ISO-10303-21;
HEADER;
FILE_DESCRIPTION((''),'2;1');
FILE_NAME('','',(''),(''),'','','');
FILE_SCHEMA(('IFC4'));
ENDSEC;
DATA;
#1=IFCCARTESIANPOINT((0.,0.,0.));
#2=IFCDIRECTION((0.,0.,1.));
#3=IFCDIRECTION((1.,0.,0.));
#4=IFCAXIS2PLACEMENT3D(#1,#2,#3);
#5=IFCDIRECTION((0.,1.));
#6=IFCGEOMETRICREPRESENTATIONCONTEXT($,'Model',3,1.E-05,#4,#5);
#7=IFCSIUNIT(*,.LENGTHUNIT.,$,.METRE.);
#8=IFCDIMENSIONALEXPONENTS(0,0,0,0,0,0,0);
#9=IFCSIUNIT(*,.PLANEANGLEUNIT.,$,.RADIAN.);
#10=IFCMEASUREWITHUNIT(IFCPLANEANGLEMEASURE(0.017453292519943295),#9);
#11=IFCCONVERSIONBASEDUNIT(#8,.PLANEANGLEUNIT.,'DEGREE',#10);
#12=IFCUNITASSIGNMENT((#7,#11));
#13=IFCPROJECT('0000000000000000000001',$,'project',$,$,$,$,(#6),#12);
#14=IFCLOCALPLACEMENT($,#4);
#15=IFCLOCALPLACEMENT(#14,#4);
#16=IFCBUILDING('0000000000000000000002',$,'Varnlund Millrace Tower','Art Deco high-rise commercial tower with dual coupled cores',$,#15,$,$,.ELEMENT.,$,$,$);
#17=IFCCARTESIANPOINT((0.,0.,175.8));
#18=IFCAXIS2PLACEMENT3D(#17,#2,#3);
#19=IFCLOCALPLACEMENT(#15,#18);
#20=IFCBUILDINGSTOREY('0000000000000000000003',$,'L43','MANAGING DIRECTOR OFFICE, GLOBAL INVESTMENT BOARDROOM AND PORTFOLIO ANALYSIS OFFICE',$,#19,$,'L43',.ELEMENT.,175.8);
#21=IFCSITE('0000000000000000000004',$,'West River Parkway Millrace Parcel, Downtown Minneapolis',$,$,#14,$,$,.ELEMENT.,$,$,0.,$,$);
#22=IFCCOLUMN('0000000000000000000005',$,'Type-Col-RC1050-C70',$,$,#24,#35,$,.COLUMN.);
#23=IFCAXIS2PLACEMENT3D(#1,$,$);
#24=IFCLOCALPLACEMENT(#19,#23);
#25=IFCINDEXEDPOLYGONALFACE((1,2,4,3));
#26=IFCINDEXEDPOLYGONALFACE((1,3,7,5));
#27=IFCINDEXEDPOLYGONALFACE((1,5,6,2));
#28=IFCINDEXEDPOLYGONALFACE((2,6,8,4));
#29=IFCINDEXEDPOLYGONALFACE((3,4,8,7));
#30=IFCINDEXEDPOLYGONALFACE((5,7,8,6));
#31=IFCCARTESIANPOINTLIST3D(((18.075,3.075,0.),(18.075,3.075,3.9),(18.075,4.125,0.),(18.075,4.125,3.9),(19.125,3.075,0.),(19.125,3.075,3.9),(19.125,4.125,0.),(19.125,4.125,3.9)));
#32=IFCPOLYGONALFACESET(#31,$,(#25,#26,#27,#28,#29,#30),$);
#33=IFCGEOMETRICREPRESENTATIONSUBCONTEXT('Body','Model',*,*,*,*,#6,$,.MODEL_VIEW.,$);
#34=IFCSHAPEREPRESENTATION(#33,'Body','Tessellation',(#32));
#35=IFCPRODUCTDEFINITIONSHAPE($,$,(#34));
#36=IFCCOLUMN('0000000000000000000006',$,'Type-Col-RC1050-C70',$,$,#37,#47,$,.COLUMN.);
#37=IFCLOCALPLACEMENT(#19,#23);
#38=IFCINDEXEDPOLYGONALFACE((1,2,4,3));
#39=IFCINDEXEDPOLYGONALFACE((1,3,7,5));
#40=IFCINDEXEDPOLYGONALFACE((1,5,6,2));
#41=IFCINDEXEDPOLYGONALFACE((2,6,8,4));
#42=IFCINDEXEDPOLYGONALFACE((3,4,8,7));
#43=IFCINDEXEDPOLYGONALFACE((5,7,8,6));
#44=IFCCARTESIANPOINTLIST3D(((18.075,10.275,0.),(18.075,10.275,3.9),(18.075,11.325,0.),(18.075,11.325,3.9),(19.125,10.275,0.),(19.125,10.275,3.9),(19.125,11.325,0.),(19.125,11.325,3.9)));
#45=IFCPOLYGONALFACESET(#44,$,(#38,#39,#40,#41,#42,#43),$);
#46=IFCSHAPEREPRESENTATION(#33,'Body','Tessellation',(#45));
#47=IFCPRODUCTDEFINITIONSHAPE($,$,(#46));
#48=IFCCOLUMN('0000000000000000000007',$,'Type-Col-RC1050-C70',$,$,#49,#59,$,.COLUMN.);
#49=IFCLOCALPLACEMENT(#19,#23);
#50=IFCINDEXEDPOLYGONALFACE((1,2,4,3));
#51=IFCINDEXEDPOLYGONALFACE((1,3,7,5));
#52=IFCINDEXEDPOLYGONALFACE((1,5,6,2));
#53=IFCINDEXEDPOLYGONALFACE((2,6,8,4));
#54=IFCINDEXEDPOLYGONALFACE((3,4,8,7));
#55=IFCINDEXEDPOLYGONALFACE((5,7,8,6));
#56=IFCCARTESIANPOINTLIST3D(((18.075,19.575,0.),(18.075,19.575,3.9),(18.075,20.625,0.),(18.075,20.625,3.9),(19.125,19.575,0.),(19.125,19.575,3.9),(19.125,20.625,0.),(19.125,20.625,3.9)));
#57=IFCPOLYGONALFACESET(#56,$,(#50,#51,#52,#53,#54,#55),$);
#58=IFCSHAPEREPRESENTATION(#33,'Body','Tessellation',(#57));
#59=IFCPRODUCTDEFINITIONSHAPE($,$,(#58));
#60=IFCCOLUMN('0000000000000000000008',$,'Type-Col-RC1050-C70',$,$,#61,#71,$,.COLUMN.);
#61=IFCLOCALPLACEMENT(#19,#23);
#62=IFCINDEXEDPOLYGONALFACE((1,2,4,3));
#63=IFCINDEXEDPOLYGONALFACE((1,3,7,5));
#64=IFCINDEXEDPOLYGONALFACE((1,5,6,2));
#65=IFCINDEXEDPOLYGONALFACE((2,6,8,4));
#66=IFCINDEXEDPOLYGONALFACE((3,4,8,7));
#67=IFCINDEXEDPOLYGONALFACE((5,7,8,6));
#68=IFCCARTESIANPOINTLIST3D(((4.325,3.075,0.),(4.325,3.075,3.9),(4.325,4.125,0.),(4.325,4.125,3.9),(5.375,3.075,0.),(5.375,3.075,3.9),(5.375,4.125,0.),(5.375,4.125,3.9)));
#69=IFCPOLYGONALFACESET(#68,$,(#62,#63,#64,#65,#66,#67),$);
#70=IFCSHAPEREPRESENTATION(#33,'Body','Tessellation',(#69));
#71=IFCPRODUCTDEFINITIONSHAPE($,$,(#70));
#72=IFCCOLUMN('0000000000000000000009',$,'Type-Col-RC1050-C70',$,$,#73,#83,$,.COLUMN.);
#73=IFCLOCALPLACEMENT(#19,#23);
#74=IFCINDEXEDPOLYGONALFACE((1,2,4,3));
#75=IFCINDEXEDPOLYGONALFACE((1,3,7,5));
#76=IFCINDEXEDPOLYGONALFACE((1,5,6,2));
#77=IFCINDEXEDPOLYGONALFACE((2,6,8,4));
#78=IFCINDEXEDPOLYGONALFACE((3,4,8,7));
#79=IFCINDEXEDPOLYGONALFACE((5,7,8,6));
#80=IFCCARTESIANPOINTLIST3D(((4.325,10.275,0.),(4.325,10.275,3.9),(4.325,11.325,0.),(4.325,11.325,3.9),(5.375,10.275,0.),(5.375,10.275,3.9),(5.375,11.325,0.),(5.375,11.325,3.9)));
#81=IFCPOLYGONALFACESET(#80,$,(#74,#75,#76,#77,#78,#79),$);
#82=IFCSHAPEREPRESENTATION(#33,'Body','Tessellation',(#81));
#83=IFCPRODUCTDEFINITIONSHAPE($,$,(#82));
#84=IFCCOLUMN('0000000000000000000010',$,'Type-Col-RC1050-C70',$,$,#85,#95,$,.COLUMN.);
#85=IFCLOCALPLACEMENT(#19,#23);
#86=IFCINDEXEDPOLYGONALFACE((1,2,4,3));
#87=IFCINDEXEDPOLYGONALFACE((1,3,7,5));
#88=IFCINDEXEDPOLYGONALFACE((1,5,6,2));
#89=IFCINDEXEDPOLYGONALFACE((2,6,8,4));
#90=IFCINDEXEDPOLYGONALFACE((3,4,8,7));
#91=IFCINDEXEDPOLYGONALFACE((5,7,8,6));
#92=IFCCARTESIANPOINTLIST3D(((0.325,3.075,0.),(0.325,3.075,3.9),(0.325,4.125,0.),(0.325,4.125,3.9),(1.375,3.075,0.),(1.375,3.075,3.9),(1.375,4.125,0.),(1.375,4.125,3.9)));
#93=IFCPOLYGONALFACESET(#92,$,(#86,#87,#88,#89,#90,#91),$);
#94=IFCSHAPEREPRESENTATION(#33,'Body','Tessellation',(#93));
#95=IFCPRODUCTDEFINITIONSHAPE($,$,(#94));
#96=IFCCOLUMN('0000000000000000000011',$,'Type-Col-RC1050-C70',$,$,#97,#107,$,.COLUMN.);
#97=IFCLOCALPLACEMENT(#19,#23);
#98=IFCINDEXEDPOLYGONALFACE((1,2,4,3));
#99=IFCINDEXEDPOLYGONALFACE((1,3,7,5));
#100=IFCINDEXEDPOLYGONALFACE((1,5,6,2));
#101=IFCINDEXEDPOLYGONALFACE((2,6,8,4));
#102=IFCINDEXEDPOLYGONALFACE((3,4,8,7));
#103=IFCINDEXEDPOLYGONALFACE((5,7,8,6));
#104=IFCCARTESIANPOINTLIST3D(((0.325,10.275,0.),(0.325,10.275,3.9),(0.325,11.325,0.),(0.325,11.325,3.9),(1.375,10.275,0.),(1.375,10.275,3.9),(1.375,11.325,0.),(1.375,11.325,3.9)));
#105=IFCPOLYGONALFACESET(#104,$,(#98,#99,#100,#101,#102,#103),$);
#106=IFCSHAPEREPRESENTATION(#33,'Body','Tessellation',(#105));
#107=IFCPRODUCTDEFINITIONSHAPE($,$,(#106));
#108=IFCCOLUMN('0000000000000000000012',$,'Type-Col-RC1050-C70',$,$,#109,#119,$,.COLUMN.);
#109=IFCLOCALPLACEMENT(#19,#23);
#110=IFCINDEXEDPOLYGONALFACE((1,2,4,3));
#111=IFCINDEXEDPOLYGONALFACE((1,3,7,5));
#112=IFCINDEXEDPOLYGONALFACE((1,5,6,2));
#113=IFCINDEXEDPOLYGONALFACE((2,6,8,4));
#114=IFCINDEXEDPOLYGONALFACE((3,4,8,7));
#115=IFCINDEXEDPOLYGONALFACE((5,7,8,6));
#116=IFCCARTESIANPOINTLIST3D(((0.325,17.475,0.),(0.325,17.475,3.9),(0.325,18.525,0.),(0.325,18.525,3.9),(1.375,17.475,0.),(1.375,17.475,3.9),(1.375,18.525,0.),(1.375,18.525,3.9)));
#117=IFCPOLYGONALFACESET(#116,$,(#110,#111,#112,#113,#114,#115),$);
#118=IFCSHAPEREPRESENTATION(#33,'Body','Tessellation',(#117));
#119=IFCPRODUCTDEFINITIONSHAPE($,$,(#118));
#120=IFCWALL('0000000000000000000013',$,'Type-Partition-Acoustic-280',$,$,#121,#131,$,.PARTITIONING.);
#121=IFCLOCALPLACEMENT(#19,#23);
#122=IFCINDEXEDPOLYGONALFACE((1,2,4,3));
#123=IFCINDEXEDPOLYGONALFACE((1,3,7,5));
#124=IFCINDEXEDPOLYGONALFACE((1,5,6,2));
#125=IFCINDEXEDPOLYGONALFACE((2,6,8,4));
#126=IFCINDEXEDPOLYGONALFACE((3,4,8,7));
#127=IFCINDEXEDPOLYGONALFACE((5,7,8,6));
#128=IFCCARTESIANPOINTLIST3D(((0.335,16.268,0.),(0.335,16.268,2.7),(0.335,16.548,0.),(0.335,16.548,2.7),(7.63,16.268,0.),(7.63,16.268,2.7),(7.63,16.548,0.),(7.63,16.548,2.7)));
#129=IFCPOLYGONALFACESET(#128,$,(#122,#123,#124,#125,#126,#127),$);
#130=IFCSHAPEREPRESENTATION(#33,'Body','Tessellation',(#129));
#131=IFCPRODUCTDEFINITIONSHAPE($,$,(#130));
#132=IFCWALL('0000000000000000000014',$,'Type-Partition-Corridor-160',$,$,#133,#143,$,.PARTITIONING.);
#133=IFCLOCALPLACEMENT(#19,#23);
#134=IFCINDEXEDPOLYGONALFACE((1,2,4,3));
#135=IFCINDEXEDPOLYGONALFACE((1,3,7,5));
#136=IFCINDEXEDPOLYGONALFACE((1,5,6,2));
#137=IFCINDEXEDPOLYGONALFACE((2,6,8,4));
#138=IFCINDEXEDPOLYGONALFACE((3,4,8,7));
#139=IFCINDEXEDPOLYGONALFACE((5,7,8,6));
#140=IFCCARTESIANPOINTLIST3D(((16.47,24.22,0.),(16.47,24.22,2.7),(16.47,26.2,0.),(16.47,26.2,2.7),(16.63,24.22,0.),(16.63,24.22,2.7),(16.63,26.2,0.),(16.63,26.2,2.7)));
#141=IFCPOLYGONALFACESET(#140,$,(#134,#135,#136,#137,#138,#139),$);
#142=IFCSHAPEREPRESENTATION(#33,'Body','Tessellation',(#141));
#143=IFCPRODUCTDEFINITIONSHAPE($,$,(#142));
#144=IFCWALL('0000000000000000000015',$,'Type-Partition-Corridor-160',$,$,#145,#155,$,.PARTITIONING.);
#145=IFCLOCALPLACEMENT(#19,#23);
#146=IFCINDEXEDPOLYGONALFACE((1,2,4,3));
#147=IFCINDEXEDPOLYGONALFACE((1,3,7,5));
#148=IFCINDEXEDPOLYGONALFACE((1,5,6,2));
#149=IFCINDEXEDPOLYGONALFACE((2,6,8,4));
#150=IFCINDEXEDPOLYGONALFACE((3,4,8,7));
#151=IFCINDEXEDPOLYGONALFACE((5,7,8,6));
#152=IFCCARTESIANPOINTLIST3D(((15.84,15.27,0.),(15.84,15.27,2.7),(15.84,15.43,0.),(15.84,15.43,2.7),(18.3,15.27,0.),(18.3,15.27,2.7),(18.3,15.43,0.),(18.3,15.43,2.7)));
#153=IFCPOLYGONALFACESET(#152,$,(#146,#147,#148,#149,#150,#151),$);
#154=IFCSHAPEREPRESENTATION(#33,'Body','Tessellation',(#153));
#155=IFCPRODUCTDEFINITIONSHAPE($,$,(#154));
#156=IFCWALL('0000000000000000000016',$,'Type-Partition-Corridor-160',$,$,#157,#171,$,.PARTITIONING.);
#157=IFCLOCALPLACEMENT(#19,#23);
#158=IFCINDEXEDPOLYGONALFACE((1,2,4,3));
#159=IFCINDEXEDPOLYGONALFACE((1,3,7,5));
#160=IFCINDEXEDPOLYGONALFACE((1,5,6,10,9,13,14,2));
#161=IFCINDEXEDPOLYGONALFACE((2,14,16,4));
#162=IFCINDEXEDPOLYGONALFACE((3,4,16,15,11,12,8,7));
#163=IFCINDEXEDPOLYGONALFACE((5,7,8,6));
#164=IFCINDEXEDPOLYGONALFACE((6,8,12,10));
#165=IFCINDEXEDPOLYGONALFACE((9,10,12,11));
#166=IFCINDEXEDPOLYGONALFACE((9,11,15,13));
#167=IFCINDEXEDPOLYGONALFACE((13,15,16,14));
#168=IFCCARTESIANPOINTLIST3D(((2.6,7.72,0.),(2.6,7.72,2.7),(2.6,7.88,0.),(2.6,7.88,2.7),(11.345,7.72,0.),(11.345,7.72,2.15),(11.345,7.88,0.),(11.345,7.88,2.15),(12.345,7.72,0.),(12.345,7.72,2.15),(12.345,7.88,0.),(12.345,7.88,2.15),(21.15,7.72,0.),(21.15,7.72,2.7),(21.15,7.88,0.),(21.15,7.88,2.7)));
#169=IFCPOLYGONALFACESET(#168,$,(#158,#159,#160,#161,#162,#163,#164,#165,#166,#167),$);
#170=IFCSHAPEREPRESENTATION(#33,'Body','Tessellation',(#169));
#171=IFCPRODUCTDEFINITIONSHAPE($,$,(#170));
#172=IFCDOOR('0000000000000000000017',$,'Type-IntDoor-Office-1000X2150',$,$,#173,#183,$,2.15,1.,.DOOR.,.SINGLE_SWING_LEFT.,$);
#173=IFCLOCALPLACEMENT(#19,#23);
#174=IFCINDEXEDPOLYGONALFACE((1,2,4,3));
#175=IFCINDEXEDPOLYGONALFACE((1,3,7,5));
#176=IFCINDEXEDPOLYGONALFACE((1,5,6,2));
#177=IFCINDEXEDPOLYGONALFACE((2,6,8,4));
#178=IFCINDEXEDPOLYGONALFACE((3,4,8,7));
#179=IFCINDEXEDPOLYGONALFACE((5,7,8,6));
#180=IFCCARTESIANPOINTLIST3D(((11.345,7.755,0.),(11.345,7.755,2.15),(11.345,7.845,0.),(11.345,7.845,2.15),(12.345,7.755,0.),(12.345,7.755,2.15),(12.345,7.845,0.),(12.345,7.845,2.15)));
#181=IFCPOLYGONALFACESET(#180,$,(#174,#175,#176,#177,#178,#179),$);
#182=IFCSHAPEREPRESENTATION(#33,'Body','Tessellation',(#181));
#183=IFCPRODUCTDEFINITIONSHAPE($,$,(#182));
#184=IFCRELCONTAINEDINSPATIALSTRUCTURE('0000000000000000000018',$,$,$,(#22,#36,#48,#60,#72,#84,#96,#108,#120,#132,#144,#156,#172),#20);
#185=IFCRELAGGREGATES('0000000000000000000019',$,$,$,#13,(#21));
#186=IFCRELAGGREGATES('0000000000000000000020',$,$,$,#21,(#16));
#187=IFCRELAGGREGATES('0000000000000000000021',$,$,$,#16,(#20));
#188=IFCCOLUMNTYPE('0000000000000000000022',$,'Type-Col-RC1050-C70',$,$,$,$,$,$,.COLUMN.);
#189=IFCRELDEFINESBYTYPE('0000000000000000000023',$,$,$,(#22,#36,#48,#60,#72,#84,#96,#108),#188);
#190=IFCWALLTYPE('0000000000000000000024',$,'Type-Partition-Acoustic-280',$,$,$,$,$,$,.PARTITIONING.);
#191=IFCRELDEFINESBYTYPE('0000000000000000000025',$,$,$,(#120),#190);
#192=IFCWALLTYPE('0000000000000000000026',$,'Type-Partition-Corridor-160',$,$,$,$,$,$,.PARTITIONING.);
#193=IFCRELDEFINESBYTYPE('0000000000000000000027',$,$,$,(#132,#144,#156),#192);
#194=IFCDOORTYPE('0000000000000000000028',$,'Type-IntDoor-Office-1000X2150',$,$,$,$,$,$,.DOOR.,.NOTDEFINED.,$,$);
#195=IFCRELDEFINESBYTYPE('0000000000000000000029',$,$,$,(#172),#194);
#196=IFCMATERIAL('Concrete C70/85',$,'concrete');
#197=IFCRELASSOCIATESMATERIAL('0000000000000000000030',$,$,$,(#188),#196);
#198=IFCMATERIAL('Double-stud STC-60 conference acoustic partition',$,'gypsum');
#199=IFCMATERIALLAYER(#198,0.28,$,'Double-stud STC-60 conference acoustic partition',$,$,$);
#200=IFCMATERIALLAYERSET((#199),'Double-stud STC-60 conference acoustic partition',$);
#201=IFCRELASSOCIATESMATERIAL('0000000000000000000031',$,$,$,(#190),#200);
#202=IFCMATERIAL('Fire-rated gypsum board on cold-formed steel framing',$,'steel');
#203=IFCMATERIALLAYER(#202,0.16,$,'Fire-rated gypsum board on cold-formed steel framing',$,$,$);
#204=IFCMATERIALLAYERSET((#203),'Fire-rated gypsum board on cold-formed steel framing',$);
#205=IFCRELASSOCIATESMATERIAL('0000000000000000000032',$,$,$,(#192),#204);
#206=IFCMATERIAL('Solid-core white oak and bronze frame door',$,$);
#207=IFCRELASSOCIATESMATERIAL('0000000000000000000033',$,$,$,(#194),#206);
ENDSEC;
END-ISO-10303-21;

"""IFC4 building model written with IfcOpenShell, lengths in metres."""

from ifc_helpers import new_model, entity, si_unit, converted_unit, direction, frame, origin_with_axes, origin_2d_with_axis, place, context, subcontext, project, spatial, polyline, rectangle, outline, extrude, material, layer, layer_set, material_profile, profile_set, type_object, element, fill, save


model = new_model("IFC4")

# Units and contexts
model_context = context("Model", 3, precision=1e-05, world=origin_with_axes(), true_north=direction((0.0, 1.0)))
body_context = subcontext(model_context, "Body", "Model", "MODEL_VIEW")
ifc_project = project(units=[si_unit("LENGTHUNIT", "METRE"), converted_unit("PLANEANGLEUNIT", "DEGREE", entity("IfcPlaneAngleMeasure", 0.017453292519943295), si_unit("PLANEANGLEUNIT", "RADIAN"), dimensions=[0, 0, 0, 0, 0, 0, 0])], contexts=[model_context])

# Site, building, storey
site_placement = place(None, origin_with_axes())
site = spatial("IfcSite", under=ifc_project, at=site_placement, Name="West River Parkway Millrace Parcel, Downtown Minneapolis", CompositionType="ELEMENT", RefElevation=0.0)
building_placement = place(site_placement, origin_with_axes())
building = spatial("IfcBuilding", under=site, at=building_placement, Name="Varnlund Millrace Tower", Description="Art Deco high-rise commercial tower with dual coupled cores", CompositionType="ELEMENT")
storey_placement = place(building_placement, frame((0.0, 0.0, 175.8), z_axis=(0.0, 0.0, 1.0), x_axis=(1.0, 0.0, 0.0)))
storey = spatial("IfcBuildingStorey", under=building, at=storey_placement, Name="L43", Description="MANAGING DIRECTOR OFFICE, GLOBAL INVESTMENT BOARDROOM AND PORTFOLIO ANALYSIS OFFICE", LongName="L43", CompositionType="ELEMENT", Elevation=175.8)

# Columns
ifc_material_1 = material(Name="Concrete C70/85", Category="concrete")
ifc_material_profile = material_profile(ifc_material_1, rectangle(XDim=1.05, YDim=1.05, at=origin_2d_with_axis()), Name="Concrete C70/85")
ifc_profile_set = profile_set([ifc_material_profile], Name="Concrete C70/85")
column_type = type_object("IfcColumnType", Name="Type-Col-RC1050-C70", PredefinedType="COLUMN", material=ifc_profile_set)
for number, where, z_axis, x_axis, name in (
    (1, (18.6, 3.6, 0.0), (0.0, 0.0, 1.0), (1.0, 0.0, 0.0), "Type-Col-RC1050-C70"),
    (2, (18.6, 10.8, 0.0), (0.0, 0.0, 1.0), (1.0, 0.0, 0.0), "Type-Col-RC1050-C70"),
    (3, (18.6, 20.1, 0.0), (0.0, 0.0, 1.0), (1.0, 0.0, 0.0), "Type-Col-RC1050-C70"),
    (4, (4.85, 3.6, 0.0), (0.0, 0.0, 1.0), (1.0, 0.0, 0.0), "Type-Col-RC1050-C70"),
    (5, (4.85, 10.8, 0.0), (0.0, 0.0, 1.0), (1.0, 0.0, 0.0), "Type-Col-RC1050-C70"),
    (6, (0.85, 3.6, 0.0), (0.0, 0.0, 1.0), (1.0, 0.0, 0.0), "Type-Col-RC1050-C70"),
    (7, (0.85, 10.8, 0.0), (0.0, 0.0, 1.0), (1.0, 0.0, 0.0), "Type-Col-RC1050-C70"),
    (8, (0.85, 18.0, 0.0), (0.0, 0.0, 1.0), (1.0, 0.0, 0.0), "Type-Col-RC1050-C70"),
):
    element("IfcColumn", number, at=place(storey_placement, frame(where, z_axis=z_axis, x_axis=x_axis)), inside=storey, type_object=column_type, Name=name, PredefinedType="COLUMN", context=body_context, shape_type="SweptSolid", body=[
        extrude(rectangle(XDim=1.05, YDim=1.05, at=origin_2d_with_axis()), origin_with_axes(), (0.0, 0.0, 1.0), 3.9),
    ])

# Walls
ifc_material_2 = material(Name="Double-stud STC-60 conference acoustic partition", Category="gypsum")
ifc_layer_1 = layer(ifc_material_2, 0.28, Name="Double-stud STC-60 conference acoustic partition")
ifc_layer_set_1 = layer_set([ifc_layer_1], Name="Double-stud STC-60 conference acoustic partition")
wall_type_1 = type_object("IfcWallType", Name="Type-Partition-Acoustic-280", PredefinedType="PARTITIONING", material=ifc_layer_set_1)
wall_1_placement = place(storey_placement, frame((0.335, 16.408, 0.0), z_axis=(0.0, 0.0, 1.0), x_axis=(1.0, 0.0, 0.0)))
element("IfcWall", 9, at=wall_1_placement, inside=storey, type_object=wall_type_1, Name="Type-Partition-Acoustic-280", PredefinedType="PARTITIONING", context=body_context, shape_type="SweptSolid", body=[
    extrude(outline(polyline([(0.0, -0.14), (7.295, -0.14), (7.295, 0.14), (0.0, 0.14), (0.0, -0.14)])), origin_with_axes(), (0.0, 0.0, 1.0), 2.7),
])
ifc_material_3 = material(Name="Fire-rated gypsum board on cold-formed steel framing", Category="steel")
ifc_layer_2 = layer(ifc_material_3, 0.16, Name="Fire-rated gypsum board on cold-formed steel framing")
ifc_layer_set_2 = layer_set([ifc_layer_2], Name="Fire-rated gypsum board on cold-formed steel framing")
wall_type_2 = type_object("IfcWallType", Name="Type-Partition-Corridor-160", PredefinedType="PARTITIONING", material=ifc_layer_set_2)
wall_2_placement = place(storey_placement, frame((16.55, 24.22, 0.0), z_axis=(0.0, 0.0, 1.0), x_axis=(0.0, 1.0, 0.0)))
element("IfcWall", 10, at=wall_2_placement, inside=storey, type_object=wall_type_2, Name="Type-Partition-Corridor-160", PredefinedType="PARTITIONING", context=body_context, shape_type="SweptSolid", body=[
    extrude(outline(polyline([(0.0, -0.08), (1.98, -0.08), (1.98, 0.08), (0.0, 0.08), (0.0, -0.08)])), origin_with_axes(), (0.0, 0.0, 1.0), 2.7),
])
wall_3_placement = place(storey_placement, frame((15.84, 15.35, 0.0), z_axis=(0.0, 0.0, 1.0), x_axis=(1.0, 0.0, 0.0)))
element("IfcWall", 11, at=wall_3_placement, inside=storey, type_object=wall_type_2, Name="Type-Partition-Corridor-160", PredefinedType="PARTITIONING", context=body_context, shape_type="SweptSolid", body=[
    extrude(outline(polyline([(0.0, -0.08), (2.46, -0.08), (2.46, 0.08), (0.0, 0.08), (0.0, -0.08)])), origin_with_axes(), (0.0, 0.0, 1.0), 2.7),
])

# Wall, opening, door
wall_4_placement = place(storey_placement, frame((2.6, 7.8, 0.0), z_axis=(0.0, 0.0, 1.0), x_axis=(1.0, 0.0, 0.0)))
wall_4 = element("IfcWall", 12, at=wall_4_placement, inside=storey, type_object=wall_type_2, Name="Type-Partition-Corridor-160", PredefinedType="PARTITIONING", context=body_context, shape_type="SweptSolid", body=[
    extrude(outline(polyline([(0.0, -0.08), (18.55, -0.08), (18.55, 0.08), (0.0, 0.08), (0.0, -0.08)])), origin_with_axes(), (0.0, 0.0, 1.0), 2.7),
])
opening_1_placement = place(wall_4_placement, frame((9.245, 0.0, 0.0), z_axis=(0.0, 0.0, 1.0), x_axis=(1.0, 0.0, 0.0)))
opening_1 = element("IfcOpeningElement", 13, at=opening_1_placement, cuts=wall_4, PredefinedType="OPENING", context=body_context, shape_type="SweptSolid", body=[
    extrude(rectangle(XDim=1.0, YDim=0.18, at=origin_2d_with_axis()), origin_with_axes(), (0.0, 0.0, 1.0), 2.15),
])
ifc_material_4 = material(Name="Solid-core white oak and bronze frame door")
door_type_1 = type_object("IfcDoorType", Name="Type-IntDoor-Office-1000X2150", OperationType="NOTDEFINED", PredefinedType="DOOR", material=ifc_material_4)
door_1_placement = place(wall_4_placement, frame((9.245, 0.0, 0.0), z_axis=(0.0, 0.0, 1.0), x_axis=(1.0, 0.0, 0.0)))
door_1 = element("IfcDoor", 14, at=door_1_placement, inside=storey, type_object=door_type_1, Name="Type-IntDoor-Office-1000X2150", OperationType="SINGLE_SWING_LEFT", OverallHeight=2.15, OverallWidth=1.0, PredefinedType="DOOR", context=body_context, shape_type="SweptSolid", body=[
    extrude(rectangle(XDim=1.0, YDim=0.09, at=origin_2d_with_axis()), origin_with_axes(), (0.0, 0.0, 1.0), 2.15),
])
fill(opening_1, door_1)

save(model, "model.ifc")
